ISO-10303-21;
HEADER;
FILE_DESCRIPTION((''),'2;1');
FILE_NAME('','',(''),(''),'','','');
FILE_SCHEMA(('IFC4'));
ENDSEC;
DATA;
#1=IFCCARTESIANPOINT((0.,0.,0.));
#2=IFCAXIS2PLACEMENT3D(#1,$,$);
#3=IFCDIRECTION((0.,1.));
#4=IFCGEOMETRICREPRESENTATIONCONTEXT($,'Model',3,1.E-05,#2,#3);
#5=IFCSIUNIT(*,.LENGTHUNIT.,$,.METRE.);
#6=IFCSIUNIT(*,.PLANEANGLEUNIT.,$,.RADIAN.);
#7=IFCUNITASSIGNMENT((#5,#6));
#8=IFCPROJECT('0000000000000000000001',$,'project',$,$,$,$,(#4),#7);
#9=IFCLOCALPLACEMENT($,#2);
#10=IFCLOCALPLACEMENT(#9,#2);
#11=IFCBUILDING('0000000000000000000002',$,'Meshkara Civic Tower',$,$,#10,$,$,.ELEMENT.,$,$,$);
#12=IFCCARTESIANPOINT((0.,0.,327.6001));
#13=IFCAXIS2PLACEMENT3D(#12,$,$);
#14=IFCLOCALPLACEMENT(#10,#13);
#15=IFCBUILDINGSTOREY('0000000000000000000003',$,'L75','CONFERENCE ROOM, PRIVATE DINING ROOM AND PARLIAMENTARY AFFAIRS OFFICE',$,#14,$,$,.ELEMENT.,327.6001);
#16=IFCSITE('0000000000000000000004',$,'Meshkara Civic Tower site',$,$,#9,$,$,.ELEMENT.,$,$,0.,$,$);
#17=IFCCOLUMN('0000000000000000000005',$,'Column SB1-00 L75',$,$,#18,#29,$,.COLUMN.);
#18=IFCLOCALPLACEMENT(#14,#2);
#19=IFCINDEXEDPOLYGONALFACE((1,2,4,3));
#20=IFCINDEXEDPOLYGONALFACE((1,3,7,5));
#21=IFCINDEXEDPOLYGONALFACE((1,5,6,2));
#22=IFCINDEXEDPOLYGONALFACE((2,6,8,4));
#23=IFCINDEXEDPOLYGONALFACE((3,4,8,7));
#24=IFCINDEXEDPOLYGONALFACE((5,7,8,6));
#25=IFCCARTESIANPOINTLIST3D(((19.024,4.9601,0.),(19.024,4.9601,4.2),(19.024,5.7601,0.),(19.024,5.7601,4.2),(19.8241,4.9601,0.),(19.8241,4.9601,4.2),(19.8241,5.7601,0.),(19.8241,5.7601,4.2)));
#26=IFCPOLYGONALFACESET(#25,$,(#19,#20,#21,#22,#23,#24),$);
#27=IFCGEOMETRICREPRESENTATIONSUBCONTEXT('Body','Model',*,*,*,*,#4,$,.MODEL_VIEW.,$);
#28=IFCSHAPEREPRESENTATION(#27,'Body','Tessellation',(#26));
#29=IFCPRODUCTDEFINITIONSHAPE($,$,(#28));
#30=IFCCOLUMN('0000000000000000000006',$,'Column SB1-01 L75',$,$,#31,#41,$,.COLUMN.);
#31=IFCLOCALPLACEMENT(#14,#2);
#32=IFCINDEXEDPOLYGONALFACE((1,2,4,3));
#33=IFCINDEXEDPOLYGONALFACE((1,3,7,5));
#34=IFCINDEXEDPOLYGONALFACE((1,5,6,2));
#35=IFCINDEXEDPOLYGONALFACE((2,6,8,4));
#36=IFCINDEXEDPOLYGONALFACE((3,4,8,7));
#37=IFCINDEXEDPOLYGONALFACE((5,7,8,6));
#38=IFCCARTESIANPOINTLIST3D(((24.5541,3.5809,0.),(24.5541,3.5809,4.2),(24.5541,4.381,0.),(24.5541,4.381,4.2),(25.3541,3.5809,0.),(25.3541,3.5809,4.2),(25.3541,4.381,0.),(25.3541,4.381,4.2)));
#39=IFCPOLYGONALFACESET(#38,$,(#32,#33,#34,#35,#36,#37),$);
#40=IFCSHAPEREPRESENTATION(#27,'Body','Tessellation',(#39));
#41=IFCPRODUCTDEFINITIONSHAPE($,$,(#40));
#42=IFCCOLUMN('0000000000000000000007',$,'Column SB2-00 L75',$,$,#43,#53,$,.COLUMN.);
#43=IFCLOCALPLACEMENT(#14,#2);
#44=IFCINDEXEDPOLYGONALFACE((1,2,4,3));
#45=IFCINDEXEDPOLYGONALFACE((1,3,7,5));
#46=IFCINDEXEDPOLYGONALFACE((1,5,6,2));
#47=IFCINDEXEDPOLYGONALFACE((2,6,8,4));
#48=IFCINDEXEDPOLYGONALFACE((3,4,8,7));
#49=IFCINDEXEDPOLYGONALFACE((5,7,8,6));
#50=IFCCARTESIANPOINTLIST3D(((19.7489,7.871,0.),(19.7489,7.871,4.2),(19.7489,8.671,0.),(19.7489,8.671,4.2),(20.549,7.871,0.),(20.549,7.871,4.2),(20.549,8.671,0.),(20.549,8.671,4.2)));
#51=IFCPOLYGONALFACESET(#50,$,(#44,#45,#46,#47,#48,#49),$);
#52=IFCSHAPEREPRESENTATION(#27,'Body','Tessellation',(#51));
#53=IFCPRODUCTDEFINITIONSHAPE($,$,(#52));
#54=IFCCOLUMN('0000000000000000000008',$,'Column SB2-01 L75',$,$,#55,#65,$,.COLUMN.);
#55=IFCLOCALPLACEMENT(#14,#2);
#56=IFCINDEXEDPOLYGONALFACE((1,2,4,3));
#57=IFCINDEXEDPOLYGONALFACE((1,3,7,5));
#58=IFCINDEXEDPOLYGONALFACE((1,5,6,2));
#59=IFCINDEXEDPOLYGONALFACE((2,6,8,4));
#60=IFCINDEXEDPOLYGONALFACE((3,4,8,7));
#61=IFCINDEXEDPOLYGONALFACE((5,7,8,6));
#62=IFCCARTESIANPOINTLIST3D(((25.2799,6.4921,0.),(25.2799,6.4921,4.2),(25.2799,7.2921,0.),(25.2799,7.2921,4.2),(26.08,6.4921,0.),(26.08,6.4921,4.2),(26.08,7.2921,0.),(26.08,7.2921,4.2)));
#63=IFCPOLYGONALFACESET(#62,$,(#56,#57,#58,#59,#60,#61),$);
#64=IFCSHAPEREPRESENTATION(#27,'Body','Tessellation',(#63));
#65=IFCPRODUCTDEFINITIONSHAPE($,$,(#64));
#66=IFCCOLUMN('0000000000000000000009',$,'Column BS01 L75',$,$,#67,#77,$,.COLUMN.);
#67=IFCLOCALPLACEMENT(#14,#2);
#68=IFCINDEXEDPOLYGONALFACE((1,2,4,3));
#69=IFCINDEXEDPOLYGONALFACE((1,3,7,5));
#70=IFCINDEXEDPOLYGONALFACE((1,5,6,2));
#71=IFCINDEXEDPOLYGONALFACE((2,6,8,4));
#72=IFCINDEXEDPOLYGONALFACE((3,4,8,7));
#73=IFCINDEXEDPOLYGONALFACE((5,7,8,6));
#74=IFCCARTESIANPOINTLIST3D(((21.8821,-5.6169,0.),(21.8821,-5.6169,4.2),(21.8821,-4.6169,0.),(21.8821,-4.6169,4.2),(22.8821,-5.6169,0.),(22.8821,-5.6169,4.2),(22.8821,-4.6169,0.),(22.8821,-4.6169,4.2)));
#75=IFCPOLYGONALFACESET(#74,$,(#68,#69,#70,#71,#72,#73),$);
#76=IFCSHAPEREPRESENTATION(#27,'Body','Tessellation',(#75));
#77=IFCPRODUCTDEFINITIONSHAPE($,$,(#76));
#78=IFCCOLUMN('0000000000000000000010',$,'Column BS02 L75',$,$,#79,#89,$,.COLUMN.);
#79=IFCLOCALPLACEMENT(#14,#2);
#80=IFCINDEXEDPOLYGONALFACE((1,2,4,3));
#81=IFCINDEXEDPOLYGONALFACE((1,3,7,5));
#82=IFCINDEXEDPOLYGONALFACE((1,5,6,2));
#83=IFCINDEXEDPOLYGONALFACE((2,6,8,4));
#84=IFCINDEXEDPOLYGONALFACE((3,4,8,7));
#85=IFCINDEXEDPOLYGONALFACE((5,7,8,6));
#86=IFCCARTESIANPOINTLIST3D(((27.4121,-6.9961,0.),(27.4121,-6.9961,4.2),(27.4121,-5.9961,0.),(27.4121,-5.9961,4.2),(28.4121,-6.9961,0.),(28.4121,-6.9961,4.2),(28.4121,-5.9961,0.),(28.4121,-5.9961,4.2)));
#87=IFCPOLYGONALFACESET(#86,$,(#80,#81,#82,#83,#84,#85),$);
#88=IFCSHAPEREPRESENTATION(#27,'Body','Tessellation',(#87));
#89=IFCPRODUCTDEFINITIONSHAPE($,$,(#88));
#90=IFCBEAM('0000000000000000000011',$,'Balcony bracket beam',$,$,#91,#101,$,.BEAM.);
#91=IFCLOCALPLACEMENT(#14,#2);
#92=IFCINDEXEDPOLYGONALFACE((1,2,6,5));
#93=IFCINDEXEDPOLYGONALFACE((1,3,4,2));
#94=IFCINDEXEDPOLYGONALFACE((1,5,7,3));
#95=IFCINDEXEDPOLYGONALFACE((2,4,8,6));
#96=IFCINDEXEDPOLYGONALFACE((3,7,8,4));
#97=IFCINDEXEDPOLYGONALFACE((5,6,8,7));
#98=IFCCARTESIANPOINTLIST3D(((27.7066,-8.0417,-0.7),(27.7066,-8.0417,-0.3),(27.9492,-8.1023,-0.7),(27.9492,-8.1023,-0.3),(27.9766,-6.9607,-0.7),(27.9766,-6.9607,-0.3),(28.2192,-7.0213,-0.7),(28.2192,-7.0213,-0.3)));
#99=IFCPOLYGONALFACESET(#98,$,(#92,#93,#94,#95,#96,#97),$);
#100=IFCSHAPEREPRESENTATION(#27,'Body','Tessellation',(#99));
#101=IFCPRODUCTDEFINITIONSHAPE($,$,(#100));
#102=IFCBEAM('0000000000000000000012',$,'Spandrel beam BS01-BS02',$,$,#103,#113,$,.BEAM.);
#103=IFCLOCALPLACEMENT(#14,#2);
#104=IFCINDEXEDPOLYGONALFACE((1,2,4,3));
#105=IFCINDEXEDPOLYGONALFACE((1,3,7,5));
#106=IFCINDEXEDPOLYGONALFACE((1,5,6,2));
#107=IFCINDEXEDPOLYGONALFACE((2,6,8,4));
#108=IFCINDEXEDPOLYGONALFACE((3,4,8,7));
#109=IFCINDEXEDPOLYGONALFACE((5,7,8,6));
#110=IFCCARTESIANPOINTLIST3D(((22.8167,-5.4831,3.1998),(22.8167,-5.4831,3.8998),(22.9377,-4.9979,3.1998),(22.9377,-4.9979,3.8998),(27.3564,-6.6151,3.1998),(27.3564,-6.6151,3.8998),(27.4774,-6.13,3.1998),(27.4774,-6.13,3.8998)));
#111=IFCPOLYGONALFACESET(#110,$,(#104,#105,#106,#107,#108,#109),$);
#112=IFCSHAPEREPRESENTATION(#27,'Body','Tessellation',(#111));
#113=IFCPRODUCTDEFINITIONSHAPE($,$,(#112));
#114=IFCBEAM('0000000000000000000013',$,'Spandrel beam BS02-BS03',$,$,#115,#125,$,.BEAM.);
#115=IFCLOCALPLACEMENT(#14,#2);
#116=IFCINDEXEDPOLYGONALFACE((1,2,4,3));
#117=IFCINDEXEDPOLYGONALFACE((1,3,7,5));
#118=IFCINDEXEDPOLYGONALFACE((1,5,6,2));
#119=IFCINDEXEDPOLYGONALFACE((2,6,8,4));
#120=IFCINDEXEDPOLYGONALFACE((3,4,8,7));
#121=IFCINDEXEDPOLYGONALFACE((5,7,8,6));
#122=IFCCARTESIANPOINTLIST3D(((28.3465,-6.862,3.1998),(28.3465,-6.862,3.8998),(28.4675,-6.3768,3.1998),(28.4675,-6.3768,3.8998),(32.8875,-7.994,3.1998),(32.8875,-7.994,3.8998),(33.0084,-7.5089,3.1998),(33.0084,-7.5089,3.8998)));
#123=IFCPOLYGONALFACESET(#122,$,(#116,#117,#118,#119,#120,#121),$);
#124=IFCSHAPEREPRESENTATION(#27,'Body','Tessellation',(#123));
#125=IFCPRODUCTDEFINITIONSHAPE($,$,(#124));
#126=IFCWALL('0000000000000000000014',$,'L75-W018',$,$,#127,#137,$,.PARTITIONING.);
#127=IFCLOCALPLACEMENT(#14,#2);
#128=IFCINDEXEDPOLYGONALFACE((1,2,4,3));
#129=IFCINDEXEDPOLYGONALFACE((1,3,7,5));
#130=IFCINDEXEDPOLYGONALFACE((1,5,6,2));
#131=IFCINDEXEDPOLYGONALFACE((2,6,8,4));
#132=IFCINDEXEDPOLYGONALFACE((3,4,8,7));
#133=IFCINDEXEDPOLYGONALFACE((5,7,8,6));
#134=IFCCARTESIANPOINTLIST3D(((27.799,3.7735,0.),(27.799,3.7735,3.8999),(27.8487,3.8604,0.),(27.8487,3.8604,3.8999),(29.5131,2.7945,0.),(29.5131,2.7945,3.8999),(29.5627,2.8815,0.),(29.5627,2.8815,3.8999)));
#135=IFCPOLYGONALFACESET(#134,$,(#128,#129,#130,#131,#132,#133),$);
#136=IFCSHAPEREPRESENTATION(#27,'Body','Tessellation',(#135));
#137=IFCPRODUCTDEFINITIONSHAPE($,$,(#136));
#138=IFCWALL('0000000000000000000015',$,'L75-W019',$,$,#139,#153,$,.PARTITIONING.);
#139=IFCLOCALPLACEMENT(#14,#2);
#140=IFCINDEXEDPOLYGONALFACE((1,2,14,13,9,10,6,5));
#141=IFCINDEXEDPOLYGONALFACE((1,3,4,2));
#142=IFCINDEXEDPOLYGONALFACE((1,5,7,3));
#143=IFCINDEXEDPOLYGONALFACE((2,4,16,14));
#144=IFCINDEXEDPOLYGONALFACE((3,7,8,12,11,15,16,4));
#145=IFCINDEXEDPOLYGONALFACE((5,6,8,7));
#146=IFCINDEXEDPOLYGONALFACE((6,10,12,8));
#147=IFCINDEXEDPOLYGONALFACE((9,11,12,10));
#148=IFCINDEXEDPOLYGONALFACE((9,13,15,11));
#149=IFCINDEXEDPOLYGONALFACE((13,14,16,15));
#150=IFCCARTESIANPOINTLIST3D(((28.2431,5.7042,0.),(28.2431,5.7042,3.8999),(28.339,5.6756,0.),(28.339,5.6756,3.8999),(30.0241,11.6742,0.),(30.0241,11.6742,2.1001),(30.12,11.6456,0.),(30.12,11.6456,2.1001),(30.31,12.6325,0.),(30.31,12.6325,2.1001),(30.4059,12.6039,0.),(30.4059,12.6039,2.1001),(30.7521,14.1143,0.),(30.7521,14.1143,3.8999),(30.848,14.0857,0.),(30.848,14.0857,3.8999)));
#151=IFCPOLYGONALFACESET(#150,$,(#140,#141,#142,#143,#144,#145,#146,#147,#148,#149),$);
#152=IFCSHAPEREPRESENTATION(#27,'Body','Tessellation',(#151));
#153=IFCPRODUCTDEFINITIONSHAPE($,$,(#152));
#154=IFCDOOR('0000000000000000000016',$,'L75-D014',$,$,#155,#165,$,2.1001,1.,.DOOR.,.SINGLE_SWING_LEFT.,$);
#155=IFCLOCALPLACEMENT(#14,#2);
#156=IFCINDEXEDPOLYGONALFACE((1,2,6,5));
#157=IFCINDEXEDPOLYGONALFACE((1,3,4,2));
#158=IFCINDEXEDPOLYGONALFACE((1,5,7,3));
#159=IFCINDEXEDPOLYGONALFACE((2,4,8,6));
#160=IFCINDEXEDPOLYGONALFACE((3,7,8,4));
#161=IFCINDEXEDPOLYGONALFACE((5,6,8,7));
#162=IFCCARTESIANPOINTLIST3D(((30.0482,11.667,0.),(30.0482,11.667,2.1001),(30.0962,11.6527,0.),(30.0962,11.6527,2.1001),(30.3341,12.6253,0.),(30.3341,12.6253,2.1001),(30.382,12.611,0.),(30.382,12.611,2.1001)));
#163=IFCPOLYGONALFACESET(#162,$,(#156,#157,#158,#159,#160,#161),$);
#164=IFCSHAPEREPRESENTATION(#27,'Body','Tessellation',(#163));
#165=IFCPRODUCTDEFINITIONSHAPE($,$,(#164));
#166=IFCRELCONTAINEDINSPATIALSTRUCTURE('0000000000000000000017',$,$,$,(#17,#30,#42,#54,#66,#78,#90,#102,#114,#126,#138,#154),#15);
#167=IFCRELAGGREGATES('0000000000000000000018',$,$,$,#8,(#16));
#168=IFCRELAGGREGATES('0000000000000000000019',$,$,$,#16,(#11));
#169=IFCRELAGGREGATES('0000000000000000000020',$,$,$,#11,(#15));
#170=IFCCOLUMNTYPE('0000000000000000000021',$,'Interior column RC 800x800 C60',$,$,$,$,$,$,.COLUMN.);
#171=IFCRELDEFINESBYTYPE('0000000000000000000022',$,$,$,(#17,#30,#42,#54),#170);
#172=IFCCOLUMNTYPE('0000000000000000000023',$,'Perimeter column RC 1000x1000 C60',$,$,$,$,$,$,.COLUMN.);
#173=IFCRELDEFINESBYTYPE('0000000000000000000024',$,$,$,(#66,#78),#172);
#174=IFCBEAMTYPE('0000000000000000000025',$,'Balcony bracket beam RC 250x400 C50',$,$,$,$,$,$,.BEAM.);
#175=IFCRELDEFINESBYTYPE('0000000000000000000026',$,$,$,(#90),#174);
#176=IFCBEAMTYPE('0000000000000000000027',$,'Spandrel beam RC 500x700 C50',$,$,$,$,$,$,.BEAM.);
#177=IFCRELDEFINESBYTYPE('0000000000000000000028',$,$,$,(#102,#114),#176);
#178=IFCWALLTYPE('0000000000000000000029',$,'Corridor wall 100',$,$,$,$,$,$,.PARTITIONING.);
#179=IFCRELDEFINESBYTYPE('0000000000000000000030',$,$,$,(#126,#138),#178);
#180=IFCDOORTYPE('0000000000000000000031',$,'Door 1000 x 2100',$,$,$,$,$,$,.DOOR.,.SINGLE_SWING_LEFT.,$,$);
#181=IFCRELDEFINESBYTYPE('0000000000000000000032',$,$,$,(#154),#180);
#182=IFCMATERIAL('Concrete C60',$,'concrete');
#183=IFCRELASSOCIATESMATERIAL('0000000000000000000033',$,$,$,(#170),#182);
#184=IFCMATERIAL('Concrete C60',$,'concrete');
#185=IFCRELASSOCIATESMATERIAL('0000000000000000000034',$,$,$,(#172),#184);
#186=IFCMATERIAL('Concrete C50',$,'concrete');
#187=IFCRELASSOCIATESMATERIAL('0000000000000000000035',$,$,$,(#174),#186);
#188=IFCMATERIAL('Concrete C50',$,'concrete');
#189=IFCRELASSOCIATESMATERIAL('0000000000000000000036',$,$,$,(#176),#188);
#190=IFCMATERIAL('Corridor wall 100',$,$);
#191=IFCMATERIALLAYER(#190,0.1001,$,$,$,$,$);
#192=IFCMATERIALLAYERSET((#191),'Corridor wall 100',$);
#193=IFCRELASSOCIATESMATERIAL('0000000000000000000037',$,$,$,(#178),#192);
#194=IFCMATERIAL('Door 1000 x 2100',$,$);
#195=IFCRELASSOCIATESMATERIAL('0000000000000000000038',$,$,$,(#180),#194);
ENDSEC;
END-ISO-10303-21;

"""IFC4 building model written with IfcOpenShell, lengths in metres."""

from ifc_helpers import new_model, si_unit, direction, frame, frame_2d, origin, origin_2d, place, context, subcontext, project, spatial, rectangle, extrude, material, layer, layer_set, material_profile, profile_set, type_object, element, fill, save


model = new_model("IFC4")

# Units and contexts
model_context = context("Model", 3, precision=1e-05, world=origin(), true_north=direction((0.0, 1.0)))
body_context = subcontext(model_context, "Body", "Model", "MODEL_VIEW")
ifc_project = project(units=[si_unit("LENGTHUNIT", "METRE"), si_unit("PLANEANGLEUNIT", "RADIAN")], contexts=[model_context])

# Site, building, storey
site_placement = place(None, origin())
site = spatial("IfcSite", under=ifc_project, at=site_placement, Name="Meshkara Civic Tower site", CompositionType="ELEMENT", RefElevation=0.0)
building_placement = place(site_placement, origin())
building = spatial("IfcBuilding", under=site, at=building_placement, Name="Meshkara Civic Tower", CompositionType="ELEMENT")
storey_placement = place(building_placement, frame((0.0, 0.0, 327.6001)))
storey = spatial("IfcBuildingStorey", under=building, at=storey_placement, Name="L75", Description="CONFERENCE ROOM, PRIVATE DINING ROOM AND PARLIAMENTARY AFFAIRS OFFICE", CompositionType="ELEMENT", Elevation=327.6001)

# Columns
ifc_material_1 = material(Name="Concrete C60", Category="concrete")
ifc_material_profile_1 = material_profile(ifc_material_1, rectangle(XDim=0.8, YDim=0.8, at=origin_2d()))
ifc_profile_set_1 = profile_set([ifc_material_profile_1], Name="Concrete C60")
column_type_1 = type_object("IfcColumnType", Name="Interior column RC 800x800 C60", PredefinedType="COLUMN", material=ifc_profile_set_1)
for number, where, z_axis, x_axis, name in (
    (1, (19.4241, 5.3601, 0.0), (0.0, 0.0, 1.0), (1.0, 0.0, 0.0), "Column SB1-00 L75"),
    (2, (24.9541, 3.981, 0.0), (0.0, 0.0, 1.0), (1.0, 0.0, 0.0), "Column SB1-01 L75"),
    (3, (20.1489, 8.271, 0.0), (0.0, 0.0, 1.0), (1.0, 0.0, 0.0), "Column SB2-00 L75"),
    (4, (25.6799, 6.8921, 0.0), (0.0, 0.0, 1.0), (1.0, 0.0, 0.0), "Column SB2-01 L75"),
):
    element("IfcColumn", number, at=place(storey_placement, frame(where, z_axis=z_axis, x_axis=x_axis)), inside=storey, type_object=column_type_1, Name=name, PredefinedType="COLUMN", context=body_context, shape_type="SweptSolid", body=[
        extrude(rectangle(XDim=0.8, YDim=0.8, at=origin_2d()), origin(), (0.0, 0.0, 1.0), 4.2),
    ])
ifc_material_2 = material(Name="Concrete C60", Category="concrete")
ifc_material_profile_2 = material_profile(ifc_material_2, rectangle(XDim=1.0, YDim=1.0, at=origin_2d()))
ifc_profile_set_2 = profile_set([ifc_material_profile_2], Name="Concrete C60")
column_type_2 = type_object("IfcColumnType", Name="Perimeter column RC 1000x1000 C60", PredefinedType="COLUMN", material=ifc_profile_set_2)
for number, where, z_axis, x_axis, name in (
    (5, (22.3821, -5.1169, 0.0), (0.0, 0.0, 1.0), (1.0, 0.0, 0.0), "Column BS01 L75"),
    (6, (27.9121, -6.4961, 0.0), (0.0, 0.0, 1.0), (1.0, 0.0, 0.0), "Column BS02 L75"),
):
    element("IfcColumn", number, at=place(storey_placement, frame(where, z_axis=z_axis, x_axis=x_axis)), inside=storey, type_object=column_type_2, Name=name, PredefinedType="COLUMN", context=body_context, shape_type="SweptSolid", body=[
        extrude(rectangle(XDim=1.0, YDim=1.0, at=origin_2d()), origin(), (0.0, 0.0, 1.0), 4.2),
    ])

# Beams
ifc_material_3 = material(Name="Concrete C50", Category="concrete")
ifc_material_profile_3 = material_profile(ifc_material_3, rectangle(XDim=0.25, YDim=0.3999, at=origin_2d()))
ifc_profile_set_3 = profile_set([ifc_material_profile_3], Name="Concrete C50")
beam_type_1 = type_object("IfcBeamType", Name="Balcony bracket beam RC 250x400 C50", PredefinedType="BEAM", material=ifc_profile_set_3)
beam_1_placement = place(storey_placement, frame((28.0979, -6.991, -0.5), z_axis=(-0.242329, -0.970194, 0.0), x_axis=(0.970194, -0.242329, 0.0)))
element("IfcBeam", 7, at=beam_1_placement, inside=storey, type_object=beam_type_1, Name="Balcony bracket beam", PredefinedType="BEAM", context=body_context, shape_type="SweptSolid", body=[
    extrude(rectangle(XDim=0.25, YDim=0.3999, at=origin_2d()), origin(), (0.0, 0.0, 1.0), 1.1143),
])
ifc_material_4 = material(Name="Concrete C50", Category="concrete")
ifc_material_profile_4 = material_profile(ifc_material_4, rectangle(XDim=0.5, YDim=0.7, at=origin_2d()))
ifc_profile_set_4 = profile_set([ifc_material_profile_4], Name="Concrete C50")
beam_type_2 = type_object("IfcBeamType", Name="Spandrel beam RC 500x700 C50", PredefinedType="BEAM", material=ifc_profile_set_4)
beam_2_placement = place(storey_placement, frame((22.8772, -5.2405, 3.5498), z_axis=(0.970287, -0.241959, 0.0), x_axis=(0.241959, 0.970287, 0.0)))
element("IfcBeam", 8, at=beam_2_placement, inside=storey, type_object=beam_type_2, Name="Spandrel beam BS01-BS02", PredefinedType="BEAM", context=body_context, shape_type="SweptSolid", body=[
    extrude(rectangle(XDim=0.5, YDim=0.7, at=origin_2d()), origin(), (0.0, 0.0, 1.0), 4.6787),
])
beam_3_placement = place(storey_placement, frame((28.407, -6.6194, 3.5498), z_axis=(0.970302, -0.241897, 0.0), x_axis=(0.241897, 0.970302, 0.0)))
element("IfcBeam", 9, at=beam_3_placement, inside=storey, type_object=beam_type_2, Name="Spandrel beam BS02-BS03", PredefinedType="BEAM", context=body_context, shape_type="SweptSolid", body=[
    extrude(rectangle(XDim=0.5, YDim=0.7, at=origin_2d()), origin(), (0.0, 0.0, 1.0), 4.6799),
])

# Wall
ifc_material_5 = material(Name="Corridor wall 100")
ifc_layer_1 = layer(ifc_material_5, 0.1001)
ifc_layer_set_1 = layer_set([ifc_layer_1], Name="Corridor wall 100")
wall_type_1 = type_object("IfcWallType", Name="Corridor wall 100", PredefinedType="PARTITIONING", material=ifc_layer_set_1)
wall_1_placement = place(storey_placement, frame((27.824, 3.8169, 0.0), z_axis=(0.0, 0.0, 1.0), x_axis=(0.86835, -0.495952, 0.0)))
element("IfcWall", 10, at=wall_1_placement, inside=storey, type_object=wall_type_1, Name="L75-W018", PredefinedType="PARTITIONING", context=body_context, shape_type="SweptSolid", body=[
    extrude(rectangle(XDim=1.9739, YDim=0.1001, at=frame_2d((0.9868, 0.0))), origin(), (0.0, 0.0, 1.0), 3.8999),
])

# Wall, opening, door
wall_2_placement = place(storey_placement, frame((28.291, 5.6899, 0.0), z_axis=(0.0, 0.0, 1.0), x_axis=(0.285883, 0.958265, 0.0)))
wall_2 = element("IfcWall", 11, at=wall_2_placement, inside=storey, type_object=wall_type_1, Name="L75-W019", PredefinedType="PARTITIONING", context=body_context, shape_type="SweptSolid", body=[
    extrude(rectangle(XDim=8.7764, YDim=0.1001, at=frame_2d((4.3882, 0.0))), origin(), (0.0, 0.0, 1.0), 3.8999),
])
opening_1_placement = place(wall_2_placement, frame((6.23, 0.0, 0.0)))
opening_1 = element("IfcOpeningElement", 12, at=opening_1_placement, cuts=wall_2, PredefinedType="OPENING", context=body_context, shape_type="SweptSolid", body=[
    extrude(rectangle(XDim=1.0, YDim=2.1001, at=frame_2d((0.5, 1.05))), frame((0.0, 0.0601, 0.0), z_axis=(0.0, -1.0, 0.0), x_axis=(1.0, 0.0, 0.0)), (0.0, 0.0, 1.0), 0.1201),
])
ifc_material_6 = material(Name="Door 1000 x 2100")
door_type_1 = type_object("IfcDoorType", Name="Door 1000 x 2100", OperationType="SINGLE_SWING_LEFT", PredefinedType="DOOR", material=ifc_material_6)
door_1_placement = place(opening_1_placement, origin())
door_1 = element("IfcDoor", 13, at=door_1_placement, inside=storey, type_object=door_type_1, Name="L75-D014", OperationType="SINGLE_SWING_LEFT", OverallHeight=2.1001, OverallWidth=1.0, PredefinedType="DOOR", context=body_context, shape_type="SweptSolid", body=[
    extrude(rectangle(XDim=1.0, YDim=2.1001, at=frame_2d((0.5, 1.05))), frame((0.0, 0.0249, 0.0), z_axis=(0.0, -1.0, 0.0), x_axis=(1.0, 0.0, 0.0)), (0.0, 0.0, 1.0), 0.05),
])
fill(opening_1, door_1)

save(model, "model.ifc")
